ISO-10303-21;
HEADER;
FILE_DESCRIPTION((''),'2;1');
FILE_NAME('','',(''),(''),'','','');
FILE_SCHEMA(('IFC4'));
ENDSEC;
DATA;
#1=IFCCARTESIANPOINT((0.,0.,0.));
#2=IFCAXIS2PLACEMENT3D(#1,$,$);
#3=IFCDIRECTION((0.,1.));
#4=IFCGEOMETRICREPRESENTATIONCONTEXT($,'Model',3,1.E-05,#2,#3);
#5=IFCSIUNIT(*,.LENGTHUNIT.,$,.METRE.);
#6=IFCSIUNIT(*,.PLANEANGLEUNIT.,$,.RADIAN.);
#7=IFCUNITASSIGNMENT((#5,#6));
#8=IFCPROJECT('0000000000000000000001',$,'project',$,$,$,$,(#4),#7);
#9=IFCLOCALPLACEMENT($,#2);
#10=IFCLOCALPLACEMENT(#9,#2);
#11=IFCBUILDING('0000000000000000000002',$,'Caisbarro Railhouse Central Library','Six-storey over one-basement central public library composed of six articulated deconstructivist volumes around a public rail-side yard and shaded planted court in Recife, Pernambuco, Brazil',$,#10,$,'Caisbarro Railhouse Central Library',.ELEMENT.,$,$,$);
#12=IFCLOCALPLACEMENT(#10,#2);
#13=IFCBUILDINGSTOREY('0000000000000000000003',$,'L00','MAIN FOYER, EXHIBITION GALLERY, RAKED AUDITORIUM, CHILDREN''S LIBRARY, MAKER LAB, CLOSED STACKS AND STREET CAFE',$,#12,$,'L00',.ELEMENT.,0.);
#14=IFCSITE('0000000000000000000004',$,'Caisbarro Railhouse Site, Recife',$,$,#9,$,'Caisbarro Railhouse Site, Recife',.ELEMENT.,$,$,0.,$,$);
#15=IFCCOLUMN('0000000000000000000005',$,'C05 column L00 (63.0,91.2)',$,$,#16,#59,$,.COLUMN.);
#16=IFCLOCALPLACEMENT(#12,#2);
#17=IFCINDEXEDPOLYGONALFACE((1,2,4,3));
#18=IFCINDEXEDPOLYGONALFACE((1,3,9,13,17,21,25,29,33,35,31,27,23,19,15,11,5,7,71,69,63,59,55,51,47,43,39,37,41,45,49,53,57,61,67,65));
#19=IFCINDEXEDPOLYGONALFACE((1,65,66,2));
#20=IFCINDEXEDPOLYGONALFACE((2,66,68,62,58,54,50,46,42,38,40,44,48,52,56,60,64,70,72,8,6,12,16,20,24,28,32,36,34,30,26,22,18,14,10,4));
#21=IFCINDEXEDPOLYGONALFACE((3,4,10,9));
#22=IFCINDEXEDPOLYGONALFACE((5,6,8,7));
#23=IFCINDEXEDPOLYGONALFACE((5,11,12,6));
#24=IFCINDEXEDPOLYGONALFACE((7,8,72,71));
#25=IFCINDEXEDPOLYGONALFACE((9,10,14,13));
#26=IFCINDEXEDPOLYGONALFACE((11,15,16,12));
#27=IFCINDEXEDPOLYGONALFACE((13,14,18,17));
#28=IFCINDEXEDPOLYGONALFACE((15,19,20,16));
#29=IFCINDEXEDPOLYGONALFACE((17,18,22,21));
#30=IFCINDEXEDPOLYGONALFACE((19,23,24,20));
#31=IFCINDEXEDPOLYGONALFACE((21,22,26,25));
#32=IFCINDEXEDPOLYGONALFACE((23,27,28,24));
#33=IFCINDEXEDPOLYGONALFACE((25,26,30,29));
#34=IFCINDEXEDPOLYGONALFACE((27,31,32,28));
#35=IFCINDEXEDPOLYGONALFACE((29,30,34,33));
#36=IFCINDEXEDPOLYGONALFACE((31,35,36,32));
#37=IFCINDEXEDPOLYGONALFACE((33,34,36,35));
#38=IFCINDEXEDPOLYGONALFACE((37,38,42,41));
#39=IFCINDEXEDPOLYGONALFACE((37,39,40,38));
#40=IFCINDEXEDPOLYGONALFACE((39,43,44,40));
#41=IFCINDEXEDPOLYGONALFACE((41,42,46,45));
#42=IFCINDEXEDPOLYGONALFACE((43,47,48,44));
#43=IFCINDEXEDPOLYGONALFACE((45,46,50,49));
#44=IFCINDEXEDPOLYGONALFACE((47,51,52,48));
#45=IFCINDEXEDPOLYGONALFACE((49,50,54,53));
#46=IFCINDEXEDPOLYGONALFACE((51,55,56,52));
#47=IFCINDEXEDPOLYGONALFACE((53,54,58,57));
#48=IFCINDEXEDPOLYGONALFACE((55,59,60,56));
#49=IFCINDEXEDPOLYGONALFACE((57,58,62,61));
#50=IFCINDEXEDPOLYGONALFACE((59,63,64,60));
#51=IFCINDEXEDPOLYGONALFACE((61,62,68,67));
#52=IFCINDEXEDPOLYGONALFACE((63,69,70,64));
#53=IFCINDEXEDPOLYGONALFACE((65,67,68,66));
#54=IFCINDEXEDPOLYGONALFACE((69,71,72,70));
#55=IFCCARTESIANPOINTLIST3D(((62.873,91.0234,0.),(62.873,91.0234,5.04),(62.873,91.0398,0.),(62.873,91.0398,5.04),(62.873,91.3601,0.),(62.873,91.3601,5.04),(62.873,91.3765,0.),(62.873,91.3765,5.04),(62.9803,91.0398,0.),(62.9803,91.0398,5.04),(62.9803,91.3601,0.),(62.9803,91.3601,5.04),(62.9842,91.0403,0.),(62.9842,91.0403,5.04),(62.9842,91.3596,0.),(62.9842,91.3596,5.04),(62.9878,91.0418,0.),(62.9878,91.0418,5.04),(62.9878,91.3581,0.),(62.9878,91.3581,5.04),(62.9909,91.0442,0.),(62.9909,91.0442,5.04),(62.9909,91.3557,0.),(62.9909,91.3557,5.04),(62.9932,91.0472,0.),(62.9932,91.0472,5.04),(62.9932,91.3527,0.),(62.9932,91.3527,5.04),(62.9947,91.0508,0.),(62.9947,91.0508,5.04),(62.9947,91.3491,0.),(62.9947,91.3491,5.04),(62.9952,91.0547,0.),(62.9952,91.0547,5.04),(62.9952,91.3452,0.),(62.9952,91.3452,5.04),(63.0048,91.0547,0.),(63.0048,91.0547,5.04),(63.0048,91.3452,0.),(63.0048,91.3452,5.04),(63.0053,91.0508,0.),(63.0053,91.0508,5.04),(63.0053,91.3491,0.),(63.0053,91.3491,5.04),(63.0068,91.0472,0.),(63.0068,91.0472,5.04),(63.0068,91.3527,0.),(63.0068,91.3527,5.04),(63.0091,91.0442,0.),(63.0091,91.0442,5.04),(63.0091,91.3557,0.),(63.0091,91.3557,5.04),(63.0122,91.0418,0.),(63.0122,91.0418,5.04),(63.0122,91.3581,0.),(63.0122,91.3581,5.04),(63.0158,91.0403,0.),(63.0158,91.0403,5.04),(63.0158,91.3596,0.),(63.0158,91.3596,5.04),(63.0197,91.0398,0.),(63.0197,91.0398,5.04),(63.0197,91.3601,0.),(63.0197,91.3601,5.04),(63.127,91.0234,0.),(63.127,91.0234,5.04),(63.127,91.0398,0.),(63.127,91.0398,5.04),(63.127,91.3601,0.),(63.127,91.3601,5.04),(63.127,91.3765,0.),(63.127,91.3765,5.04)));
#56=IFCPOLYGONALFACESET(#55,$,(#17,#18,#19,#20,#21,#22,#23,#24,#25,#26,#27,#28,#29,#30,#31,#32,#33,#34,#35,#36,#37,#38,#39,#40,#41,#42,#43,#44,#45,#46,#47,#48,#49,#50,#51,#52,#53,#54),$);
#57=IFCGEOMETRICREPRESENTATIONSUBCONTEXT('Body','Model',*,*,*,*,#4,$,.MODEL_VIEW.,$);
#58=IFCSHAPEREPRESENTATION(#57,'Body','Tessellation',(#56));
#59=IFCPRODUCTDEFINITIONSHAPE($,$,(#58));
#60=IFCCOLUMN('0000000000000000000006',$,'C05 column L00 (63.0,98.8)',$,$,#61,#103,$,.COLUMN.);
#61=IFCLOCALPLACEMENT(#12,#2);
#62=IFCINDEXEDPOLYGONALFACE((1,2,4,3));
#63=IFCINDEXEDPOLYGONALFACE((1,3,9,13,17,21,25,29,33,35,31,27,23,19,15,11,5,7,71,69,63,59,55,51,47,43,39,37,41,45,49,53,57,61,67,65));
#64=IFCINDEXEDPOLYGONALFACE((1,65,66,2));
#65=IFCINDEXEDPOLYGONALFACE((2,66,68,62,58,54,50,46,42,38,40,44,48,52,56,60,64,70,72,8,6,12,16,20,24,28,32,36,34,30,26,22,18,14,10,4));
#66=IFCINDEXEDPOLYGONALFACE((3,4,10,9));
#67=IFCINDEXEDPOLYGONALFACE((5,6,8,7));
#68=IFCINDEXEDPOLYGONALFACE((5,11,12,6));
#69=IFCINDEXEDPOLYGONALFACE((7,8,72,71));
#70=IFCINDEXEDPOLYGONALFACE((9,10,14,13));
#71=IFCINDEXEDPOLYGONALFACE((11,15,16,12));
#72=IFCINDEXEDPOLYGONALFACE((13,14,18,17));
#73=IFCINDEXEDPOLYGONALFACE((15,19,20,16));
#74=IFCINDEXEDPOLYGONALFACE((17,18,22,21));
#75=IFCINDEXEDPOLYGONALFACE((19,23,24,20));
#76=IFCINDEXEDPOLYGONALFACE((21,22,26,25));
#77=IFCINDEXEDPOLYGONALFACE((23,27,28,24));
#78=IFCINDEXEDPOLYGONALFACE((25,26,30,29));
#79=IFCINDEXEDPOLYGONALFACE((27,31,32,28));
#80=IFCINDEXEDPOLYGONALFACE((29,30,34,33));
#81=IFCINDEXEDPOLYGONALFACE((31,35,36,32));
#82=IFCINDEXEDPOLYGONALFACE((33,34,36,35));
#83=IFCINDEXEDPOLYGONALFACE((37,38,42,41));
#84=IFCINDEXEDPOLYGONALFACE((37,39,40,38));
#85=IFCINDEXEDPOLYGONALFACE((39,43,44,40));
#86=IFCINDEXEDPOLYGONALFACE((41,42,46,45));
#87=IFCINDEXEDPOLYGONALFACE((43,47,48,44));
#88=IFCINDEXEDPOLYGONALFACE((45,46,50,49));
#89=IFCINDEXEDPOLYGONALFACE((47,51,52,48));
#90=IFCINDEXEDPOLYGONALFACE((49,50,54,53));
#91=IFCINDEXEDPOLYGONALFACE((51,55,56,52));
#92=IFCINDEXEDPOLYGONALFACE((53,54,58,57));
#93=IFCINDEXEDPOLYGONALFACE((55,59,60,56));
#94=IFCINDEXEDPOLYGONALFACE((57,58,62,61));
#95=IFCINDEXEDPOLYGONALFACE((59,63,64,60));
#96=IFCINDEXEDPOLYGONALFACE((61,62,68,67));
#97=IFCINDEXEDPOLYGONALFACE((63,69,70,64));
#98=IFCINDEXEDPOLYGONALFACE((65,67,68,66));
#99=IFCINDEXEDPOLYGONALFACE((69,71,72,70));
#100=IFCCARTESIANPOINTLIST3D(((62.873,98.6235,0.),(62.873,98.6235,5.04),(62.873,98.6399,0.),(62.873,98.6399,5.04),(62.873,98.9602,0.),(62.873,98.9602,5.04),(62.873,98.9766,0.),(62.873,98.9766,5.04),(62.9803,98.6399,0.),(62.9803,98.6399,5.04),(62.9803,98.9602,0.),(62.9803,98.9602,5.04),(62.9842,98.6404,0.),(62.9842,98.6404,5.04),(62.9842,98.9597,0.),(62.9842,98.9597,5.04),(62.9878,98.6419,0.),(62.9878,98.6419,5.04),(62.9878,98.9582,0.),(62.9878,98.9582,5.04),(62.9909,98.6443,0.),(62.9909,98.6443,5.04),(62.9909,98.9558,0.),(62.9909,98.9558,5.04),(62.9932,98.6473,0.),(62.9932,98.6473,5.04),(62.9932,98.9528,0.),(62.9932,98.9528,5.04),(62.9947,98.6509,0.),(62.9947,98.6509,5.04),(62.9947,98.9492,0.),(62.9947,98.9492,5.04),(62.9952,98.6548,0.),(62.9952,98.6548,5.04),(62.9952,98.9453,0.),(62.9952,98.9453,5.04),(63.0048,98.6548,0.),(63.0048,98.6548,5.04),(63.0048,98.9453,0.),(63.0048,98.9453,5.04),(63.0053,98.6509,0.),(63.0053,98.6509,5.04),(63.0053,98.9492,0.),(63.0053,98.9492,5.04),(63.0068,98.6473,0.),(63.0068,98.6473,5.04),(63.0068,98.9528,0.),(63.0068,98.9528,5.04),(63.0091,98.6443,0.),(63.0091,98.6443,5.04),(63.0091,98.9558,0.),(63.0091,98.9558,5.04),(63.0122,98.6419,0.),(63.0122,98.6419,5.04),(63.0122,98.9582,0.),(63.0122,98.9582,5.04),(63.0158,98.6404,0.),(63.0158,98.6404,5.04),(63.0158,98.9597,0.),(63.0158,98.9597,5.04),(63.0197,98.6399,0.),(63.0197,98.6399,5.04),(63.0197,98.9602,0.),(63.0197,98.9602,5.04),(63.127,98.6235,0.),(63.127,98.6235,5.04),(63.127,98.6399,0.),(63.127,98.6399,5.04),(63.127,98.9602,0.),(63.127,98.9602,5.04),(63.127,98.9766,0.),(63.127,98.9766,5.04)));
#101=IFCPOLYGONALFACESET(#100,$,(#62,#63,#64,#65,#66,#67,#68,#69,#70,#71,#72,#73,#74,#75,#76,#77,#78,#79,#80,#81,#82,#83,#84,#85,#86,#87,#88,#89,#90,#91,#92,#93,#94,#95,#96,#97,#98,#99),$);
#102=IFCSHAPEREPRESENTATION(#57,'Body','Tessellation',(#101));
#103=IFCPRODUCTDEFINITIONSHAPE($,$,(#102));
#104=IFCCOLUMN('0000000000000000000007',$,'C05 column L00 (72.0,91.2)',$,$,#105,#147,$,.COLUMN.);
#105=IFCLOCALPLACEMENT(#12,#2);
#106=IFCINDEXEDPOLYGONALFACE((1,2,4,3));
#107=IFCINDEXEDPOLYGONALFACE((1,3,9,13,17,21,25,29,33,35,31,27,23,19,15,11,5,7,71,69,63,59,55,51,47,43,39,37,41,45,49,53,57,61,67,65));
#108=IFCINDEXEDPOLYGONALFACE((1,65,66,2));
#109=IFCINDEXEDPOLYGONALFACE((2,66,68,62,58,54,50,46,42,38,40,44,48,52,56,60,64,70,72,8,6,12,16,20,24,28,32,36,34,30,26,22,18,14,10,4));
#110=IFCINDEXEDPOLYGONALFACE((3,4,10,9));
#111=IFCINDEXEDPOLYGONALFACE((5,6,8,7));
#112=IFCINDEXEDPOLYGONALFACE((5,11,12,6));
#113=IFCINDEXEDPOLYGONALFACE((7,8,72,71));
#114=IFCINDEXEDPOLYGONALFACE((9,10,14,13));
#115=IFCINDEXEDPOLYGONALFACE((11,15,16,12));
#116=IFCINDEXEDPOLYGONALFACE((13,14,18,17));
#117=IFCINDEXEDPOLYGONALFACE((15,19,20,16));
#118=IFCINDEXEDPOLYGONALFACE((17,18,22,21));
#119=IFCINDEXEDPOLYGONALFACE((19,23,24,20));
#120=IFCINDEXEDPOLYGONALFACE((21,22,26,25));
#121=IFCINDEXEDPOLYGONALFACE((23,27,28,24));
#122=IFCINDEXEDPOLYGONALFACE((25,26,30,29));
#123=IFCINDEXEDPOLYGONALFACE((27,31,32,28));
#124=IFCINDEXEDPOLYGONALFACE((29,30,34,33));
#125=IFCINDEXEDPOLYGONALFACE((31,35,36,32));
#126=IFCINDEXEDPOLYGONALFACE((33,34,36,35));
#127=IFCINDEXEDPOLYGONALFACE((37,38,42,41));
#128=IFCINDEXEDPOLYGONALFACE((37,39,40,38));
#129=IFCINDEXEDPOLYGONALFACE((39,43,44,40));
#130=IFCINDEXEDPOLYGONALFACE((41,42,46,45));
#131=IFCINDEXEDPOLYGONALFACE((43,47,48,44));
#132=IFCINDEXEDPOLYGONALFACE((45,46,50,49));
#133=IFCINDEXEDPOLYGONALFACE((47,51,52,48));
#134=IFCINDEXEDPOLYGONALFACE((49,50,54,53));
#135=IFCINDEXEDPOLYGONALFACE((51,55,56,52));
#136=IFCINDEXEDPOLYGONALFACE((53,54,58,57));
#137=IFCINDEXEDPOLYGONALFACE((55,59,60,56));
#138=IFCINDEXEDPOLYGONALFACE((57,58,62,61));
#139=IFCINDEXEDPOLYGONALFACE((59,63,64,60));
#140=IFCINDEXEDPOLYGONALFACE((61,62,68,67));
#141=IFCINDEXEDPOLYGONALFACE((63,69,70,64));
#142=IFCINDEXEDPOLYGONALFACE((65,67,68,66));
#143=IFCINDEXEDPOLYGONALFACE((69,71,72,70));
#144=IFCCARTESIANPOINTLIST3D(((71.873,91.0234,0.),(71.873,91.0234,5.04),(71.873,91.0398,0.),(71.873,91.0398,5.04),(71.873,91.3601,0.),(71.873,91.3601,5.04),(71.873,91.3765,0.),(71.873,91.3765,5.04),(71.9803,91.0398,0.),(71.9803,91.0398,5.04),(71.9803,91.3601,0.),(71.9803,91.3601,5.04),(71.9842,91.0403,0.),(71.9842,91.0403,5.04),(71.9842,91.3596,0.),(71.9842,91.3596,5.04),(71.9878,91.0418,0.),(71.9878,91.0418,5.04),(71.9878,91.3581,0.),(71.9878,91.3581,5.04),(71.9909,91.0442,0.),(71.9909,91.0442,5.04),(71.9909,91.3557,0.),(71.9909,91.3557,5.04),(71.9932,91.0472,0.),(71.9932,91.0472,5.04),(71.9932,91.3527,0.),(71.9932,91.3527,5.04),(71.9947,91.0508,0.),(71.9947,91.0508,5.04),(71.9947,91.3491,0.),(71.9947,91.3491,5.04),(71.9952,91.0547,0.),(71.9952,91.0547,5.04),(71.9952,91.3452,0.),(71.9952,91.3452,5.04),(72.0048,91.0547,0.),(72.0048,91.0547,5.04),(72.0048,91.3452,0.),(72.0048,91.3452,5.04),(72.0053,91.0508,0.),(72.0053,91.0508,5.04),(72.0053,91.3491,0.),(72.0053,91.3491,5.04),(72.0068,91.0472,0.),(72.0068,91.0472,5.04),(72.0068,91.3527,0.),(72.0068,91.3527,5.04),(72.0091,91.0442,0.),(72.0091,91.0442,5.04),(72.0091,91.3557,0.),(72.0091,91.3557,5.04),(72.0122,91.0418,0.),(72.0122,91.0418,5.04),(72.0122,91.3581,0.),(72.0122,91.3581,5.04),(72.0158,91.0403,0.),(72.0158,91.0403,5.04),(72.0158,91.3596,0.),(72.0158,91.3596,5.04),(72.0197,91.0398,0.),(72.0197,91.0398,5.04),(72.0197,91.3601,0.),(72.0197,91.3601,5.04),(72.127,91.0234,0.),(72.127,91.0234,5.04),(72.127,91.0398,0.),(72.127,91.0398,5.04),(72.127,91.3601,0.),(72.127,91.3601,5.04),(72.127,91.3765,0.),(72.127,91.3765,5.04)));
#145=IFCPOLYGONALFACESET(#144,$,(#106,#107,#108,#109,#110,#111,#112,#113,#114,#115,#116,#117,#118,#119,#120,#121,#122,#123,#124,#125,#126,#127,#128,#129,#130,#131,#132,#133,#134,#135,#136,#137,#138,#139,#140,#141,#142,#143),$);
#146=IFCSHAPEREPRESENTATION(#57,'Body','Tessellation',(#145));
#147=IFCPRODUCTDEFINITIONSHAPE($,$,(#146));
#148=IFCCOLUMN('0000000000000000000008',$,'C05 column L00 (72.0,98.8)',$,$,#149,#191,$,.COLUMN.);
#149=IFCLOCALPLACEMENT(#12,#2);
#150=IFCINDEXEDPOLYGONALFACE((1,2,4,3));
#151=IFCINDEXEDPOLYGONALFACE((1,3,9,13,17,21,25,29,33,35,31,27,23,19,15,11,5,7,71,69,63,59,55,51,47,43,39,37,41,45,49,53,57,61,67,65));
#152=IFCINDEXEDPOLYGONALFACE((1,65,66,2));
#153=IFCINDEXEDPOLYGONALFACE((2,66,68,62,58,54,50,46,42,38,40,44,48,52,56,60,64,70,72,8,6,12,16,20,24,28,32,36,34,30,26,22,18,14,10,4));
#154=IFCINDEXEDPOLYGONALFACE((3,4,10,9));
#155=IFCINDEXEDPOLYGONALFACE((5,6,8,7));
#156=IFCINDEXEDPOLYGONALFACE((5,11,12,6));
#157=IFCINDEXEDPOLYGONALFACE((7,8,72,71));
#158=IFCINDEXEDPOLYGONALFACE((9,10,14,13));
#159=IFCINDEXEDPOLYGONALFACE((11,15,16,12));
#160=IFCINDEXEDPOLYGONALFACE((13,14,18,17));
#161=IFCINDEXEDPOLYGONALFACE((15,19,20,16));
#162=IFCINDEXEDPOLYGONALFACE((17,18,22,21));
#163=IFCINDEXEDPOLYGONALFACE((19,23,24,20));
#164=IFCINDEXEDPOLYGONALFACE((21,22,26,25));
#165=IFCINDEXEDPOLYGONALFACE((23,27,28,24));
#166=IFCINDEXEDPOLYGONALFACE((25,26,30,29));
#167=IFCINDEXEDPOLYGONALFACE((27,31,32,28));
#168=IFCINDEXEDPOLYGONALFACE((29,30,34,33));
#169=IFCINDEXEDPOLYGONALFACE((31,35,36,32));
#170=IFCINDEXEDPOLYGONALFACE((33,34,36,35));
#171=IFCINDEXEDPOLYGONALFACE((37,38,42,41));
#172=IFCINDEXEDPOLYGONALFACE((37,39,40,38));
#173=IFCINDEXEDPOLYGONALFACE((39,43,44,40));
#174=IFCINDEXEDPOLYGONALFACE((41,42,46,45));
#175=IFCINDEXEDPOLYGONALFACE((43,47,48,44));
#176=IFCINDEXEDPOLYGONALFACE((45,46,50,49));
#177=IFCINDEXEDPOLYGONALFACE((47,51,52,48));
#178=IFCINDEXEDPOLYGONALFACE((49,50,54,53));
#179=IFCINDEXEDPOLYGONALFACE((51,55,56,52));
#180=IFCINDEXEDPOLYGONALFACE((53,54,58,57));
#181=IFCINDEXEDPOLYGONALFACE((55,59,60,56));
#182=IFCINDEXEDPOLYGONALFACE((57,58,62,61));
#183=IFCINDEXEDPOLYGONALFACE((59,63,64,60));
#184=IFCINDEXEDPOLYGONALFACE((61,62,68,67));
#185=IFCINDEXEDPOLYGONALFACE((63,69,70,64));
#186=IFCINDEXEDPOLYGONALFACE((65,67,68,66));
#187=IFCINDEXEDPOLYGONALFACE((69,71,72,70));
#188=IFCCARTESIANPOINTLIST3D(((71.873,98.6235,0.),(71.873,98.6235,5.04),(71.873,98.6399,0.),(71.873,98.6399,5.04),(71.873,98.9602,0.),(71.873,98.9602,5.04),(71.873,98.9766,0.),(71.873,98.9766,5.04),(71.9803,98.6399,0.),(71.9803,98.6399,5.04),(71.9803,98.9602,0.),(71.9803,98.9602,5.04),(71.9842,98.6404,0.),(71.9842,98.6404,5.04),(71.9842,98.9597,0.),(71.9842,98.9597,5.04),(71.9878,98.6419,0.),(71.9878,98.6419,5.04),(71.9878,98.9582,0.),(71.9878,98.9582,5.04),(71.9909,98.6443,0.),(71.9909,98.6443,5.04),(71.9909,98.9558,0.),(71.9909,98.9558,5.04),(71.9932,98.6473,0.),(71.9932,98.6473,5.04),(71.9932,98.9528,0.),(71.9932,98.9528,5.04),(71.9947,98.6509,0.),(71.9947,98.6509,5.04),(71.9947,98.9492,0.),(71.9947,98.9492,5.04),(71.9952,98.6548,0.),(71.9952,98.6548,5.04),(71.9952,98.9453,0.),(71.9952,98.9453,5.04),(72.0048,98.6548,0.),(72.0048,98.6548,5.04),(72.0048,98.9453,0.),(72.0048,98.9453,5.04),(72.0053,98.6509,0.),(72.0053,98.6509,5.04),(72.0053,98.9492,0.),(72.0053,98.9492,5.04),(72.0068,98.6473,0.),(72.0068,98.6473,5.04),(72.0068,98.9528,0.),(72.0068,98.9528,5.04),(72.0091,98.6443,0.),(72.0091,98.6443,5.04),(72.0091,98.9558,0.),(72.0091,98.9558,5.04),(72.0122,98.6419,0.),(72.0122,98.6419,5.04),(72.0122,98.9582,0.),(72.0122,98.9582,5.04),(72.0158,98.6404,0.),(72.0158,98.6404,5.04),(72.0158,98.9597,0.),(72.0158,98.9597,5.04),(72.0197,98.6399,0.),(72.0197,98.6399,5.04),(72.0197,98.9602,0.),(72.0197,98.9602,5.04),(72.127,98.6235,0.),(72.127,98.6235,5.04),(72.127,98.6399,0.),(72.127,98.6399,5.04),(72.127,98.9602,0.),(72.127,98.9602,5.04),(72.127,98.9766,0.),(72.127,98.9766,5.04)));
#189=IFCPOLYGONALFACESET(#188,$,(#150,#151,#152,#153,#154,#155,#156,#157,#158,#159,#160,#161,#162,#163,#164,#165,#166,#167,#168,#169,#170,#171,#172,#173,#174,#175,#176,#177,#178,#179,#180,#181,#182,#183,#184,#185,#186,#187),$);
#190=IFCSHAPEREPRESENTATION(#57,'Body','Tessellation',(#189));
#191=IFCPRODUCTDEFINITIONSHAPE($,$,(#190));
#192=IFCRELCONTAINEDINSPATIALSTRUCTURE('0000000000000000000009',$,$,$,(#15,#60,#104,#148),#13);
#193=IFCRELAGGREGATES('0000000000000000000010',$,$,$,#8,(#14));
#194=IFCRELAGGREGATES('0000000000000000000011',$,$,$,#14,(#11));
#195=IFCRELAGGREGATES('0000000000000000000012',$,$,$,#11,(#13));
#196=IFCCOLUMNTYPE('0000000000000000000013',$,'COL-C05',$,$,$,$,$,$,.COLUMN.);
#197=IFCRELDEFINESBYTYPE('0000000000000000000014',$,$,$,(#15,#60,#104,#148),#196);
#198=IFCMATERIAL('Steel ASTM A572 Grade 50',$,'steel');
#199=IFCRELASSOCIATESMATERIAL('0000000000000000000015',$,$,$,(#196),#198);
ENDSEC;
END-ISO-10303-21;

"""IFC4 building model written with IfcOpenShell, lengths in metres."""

from ifc_helpers import new_model, si_unit, direction, frame, origin, origin_2d, place, context, subcontext, project, spatial, i_section, extrude, material, material_profile, profile_set, type_object, element, save


model = new_model("IFC4")

# Units and contexts
model_context = context("Model", 3, precision=1e-05, world=origin(), true_north=direction((0.0, 1.0)))
body_context = subcontext(model_context, "Body", "Model", "MODEL_VIEW")
ifc_project = project(units=[si_unit("LENGTHUNIT", "METRE"), si_unit("PLANEANGLEUNIT", "RADIAN")], contexts=[model_context])

# Site, building, storey
site_placement = place(None, origin())
site = spatial("IfcSite", under=ifc_project, at=site_placement, Name="Caisbarro Railhouse Site, Recife", LongName="Caisbarro Railhouse Site, Recife", CompositionType="ELEMENT", RefElevation=0.0)
building_placement = place(site_placement, origin())
building = spatial("IfcBuilding", under=site, at=building_placement, Name="Caisbarro Railhouse Central Library", Description="Six-storey over one-basement central public library composed of six articulated deconstructivist volumes around a public rail-side yard and shaded planted court in Recife, Pernambuco, Brazil", LongName="Caisbarro Railhouse Central Library", CompositionType="ELEMENT")
storey_placement = place(building_placement, origin())
storey = spatial("IfcBuildingStorey", under=building, at=storey_placement, Name="L00", Description="MAIN FOYER, EXHIBITION GALLERY, RAKED AUDITORIUM, CHILDREN'S LIBRARY, MAKER LAB, CLOSED STACKS AND STREET CAFE", LongName="L00", CompositionType="ELEMENT", Elevation=0.0)

# Columns
ifc_material_1 = material(Name="Steel ASTM A572 Grade 50", Category="steel")
ifc_material_profile_1 = material_profile(ifc_material_1, i_section(OverallWidth=0.2539, OverallDepth=0.353, WebThickness=0.0095, FlangeThickness=0.0164, FilletRadius=0.0149, at=origin_2d()), Name="W360X91.0")
ifc_profile_set_1 = profile_set([ifc_material_profile_1], Name="Steel ASTM A572 Grade 50")
column_type = type_object("IfcColumnType", Name="COL-C05", PredefinedType="COLUMN", material=ifc_profile_set_1)
for number, where, z_axis, x_axis, name in (
    (1, (63.0, 91.2, 0.0), (0.0, 0.0, 1.0), (1.0, 0.0, 0.0), "C05 column L00 (63.0,91.2)"),
    (2, (63.0, 98.8, 0.0), (0.0, 0.0, 1.0), (1.0, 0.0, 0.0), "C05 column L00 (63.0,98.8)"),
    (3, (72.0, 91.2, 0.0), (0.0, 0.0, 1.0), (1.0, 0.0, 0.0), "C05 column L00 (72.0,91.2)"),
    (4, (72.0, 98.8, 0.0), (0.0, 0.0, 1.0), (1.0, 0.0, 0.0), "C05 column L00 (72.0,98.8)"),
):
    element("IfcColumn", number, at=place(storey_placement, frame(where, z_axis=z_axis, x_axis=x_axis)), inside=storey, type_object=column_type, Name=name, PredefinedType="COLUMN", context=body_context, shape_type="SweptSolid", body=[
        extrude(i_section(OverallWidth=0.2539, OverallDepth=0.353, WebThickness=0.0095, FlangeThickness=0.0164, FilletRadius=0.0149, at=origin_2d()), origin(), (0.0, 0.0, 1.0), 5.04),
    ])

save(model, "model.ifc")
